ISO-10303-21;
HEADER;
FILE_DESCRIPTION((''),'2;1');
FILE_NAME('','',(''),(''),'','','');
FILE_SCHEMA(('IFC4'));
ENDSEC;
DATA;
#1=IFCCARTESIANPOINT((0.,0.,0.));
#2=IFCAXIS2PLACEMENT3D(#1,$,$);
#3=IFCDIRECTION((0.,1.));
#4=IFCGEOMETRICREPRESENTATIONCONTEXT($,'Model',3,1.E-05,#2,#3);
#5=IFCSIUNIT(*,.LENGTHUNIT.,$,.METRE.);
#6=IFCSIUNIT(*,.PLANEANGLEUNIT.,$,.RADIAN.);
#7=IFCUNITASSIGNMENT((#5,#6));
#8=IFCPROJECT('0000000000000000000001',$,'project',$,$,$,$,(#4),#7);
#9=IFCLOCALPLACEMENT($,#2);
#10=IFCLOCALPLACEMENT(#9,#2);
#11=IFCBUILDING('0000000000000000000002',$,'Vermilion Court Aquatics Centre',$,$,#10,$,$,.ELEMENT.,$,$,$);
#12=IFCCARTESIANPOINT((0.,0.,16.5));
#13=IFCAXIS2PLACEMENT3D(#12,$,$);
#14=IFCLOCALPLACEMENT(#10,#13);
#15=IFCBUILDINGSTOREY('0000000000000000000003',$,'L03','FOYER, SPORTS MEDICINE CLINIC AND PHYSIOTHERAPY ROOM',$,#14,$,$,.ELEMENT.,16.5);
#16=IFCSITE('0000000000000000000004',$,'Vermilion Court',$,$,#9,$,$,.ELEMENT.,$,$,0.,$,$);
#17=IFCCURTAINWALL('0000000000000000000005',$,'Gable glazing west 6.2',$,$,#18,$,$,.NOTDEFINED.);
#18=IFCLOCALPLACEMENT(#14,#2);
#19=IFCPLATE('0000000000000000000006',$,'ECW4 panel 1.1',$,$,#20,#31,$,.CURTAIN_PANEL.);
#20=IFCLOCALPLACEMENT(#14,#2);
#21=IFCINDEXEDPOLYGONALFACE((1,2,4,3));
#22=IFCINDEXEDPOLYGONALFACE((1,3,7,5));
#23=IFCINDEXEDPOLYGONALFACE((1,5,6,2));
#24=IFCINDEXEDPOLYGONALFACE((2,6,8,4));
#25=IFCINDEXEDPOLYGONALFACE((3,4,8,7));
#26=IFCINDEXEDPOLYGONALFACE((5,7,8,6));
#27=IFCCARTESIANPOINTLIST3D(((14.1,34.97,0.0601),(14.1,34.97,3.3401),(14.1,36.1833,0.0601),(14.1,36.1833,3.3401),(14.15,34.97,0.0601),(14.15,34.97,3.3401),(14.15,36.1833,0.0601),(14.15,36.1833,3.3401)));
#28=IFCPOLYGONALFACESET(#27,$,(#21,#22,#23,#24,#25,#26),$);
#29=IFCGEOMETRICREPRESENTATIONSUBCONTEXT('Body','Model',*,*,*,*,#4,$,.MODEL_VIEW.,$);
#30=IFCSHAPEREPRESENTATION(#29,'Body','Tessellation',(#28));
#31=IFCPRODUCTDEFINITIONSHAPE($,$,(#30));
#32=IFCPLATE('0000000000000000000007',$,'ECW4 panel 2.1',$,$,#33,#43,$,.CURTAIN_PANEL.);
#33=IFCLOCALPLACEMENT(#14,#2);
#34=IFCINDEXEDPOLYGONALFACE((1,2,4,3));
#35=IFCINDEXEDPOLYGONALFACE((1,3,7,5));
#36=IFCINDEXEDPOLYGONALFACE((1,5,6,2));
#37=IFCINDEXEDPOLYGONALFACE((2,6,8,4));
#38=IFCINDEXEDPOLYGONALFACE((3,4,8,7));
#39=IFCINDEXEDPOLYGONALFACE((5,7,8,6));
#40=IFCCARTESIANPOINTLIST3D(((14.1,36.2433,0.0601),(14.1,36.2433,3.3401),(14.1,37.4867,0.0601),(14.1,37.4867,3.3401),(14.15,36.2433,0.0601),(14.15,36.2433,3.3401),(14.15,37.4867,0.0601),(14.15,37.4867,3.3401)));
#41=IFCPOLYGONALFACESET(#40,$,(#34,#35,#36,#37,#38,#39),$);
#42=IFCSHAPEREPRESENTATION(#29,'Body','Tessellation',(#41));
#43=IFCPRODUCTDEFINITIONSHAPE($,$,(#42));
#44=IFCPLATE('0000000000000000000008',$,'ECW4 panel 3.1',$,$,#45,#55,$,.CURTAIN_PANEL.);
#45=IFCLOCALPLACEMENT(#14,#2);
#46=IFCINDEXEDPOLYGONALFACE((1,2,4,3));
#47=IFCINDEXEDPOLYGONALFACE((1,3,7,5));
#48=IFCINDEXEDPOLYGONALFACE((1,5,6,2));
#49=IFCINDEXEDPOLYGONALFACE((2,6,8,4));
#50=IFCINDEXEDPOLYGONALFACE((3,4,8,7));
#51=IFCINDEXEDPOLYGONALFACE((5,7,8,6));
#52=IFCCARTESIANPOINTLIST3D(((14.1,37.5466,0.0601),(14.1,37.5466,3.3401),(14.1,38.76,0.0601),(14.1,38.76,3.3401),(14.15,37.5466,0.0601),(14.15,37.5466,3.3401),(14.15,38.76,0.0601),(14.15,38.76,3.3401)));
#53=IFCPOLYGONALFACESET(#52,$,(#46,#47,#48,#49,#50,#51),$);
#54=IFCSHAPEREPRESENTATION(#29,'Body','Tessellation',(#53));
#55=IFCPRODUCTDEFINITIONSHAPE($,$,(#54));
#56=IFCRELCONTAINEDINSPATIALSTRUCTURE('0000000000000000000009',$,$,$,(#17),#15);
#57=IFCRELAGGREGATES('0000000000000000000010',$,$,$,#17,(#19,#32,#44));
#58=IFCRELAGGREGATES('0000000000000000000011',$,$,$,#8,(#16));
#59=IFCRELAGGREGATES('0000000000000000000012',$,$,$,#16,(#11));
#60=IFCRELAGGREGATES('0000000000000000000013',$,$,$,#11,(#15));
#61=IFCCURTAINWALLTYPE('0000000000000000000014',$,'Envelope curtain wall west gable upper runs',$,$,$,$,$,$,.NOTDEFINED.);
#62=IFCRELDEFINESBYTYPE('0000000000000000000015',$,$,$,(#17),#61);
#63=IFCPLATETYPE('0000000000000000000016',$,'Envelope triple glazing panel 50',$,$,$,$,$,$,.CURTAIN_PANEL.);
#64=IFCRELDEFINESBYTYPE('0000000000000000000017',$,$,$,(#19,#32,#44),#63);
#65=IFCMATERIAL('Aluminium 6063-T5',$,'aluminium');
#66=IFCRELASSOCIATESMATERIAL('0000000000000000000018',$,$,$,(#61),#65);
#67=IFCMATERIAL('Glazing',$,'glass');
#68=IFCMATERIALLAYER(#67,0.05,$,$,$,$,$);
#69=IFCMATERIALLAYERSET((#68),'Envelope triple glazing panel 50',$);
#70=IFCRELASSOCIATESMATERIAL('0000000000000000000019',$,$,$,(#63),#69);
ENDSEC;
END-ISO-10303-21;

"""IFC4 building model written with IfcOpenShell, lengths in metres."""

from ifc_helpers import new_model, si_unit, direction, frame, origin, origin_2d, place, context, subcontext, project, spatial, rectangle, extrude, material, layer, layer_set, type_object, element, aggregate, save


model = new_model("IFC4")

# Units and contexts
model_context = context("Model", 3, precision=1e-05, world=origin(), true_north=direction((0.0, 1.0)))
body_context = subcontext(model_context, "Body", "Model", "MODEL_VIEW")
ifc_project = project(units=[si_unit("LENGTHUNIT", "METRE"), si_unit("PLANEANGLEUNIT", "RADIAN")], contexts=[model_context])

# Site, building, storey
site_placement = place(None, origin())
site = spatial("IfcSite", under=ifc_project, at=site_placement, Name="Vermilion Court", CompositionType="ELEMENT", RefElevation=0.0)
building_placement = place(site_placement, origin())
building = spatial("IfcBuilding", under=site, at=building_placement, Name="Vermilion Court Aquatics Centre", CompositionType="ELEMENT")
storey_placement = place(building_placement, frame((0.0, 0.0, 16.5)))
storey = spatial("IfcBuildingStorey", under=building, at=storey_placement, Name="L03", Description="FOYER, SPORTS MEDICINE CLINIC AND PHYSIOTHERAPY ROOM", CompositionType="ELEMENT", Elevation=16.5)

# Curtain wall
ifc_material_1 = material(Name="Aluminium 6063-T5", Category="aluminium")
curtain_wall_type = type_object("IfcCurtainWallType", Name="Envelope curtain wall west gable upper runs", PredefinedType="NOTDEFINED", material=ifc_material_1)
curtain_wall_1_placement = place(storey_placement, origin())
curtain_wall_1 = element("IfcCurtainWall", 1, at=curtain_wall_1_placement, inside=storey, type_object=curtain_wall_type, Name="Gable glazing west 6.2", PredefinedType="NOTDEFINED")

# Plates
ifc_material_2 = material(Name="Glazing", Category="glass")
ifc_layer = layer(ifc_material_2, 0.05)
ifc_layer_set = layer_set([ifc_layer], Name="Envelope triple glazing panel 50")
plate_type = type_object("IfcPlateType", Name="Envelope triple glazing panel 50", PredefinedType="CURTAIN_PANEL", material=ifc_layer_set)
plate_1_placement = place(storey_placement, frame((14.125, 35.5767, 0.0601), z_axis=(0.0, 0.0, 1.0), x_axis=(0.0, 1.0, 0.0)))
plate_1 = element("IfcPlate", 2, at=plate_1_placement, type_object=plate_type, Name="ECW4 panel 1.1", PredefinedType="CURTAIN_PANEL", context=body_context, shape_type="SweptSolid", body=[
    extrude(rectangle(XDim=1.2134, YDim=0.05, at=origin_2d()), origin(), (0.0, 0.0, 1.0), 3.28),
])
plate_2_placement = place(storey_placement, frame((14.125, 36.865, 0.0601), z_axis=(0.0, 0.0, 1.0), x_axis=(0.0, 1.0, 0.0)))
plate_2 = element("IfcPlate", 3, at=plate_2_placement, type_object=plate_type, Name="ECW4 panel 2.1", PredefinedType="CURTAIN_PANEL", context=body_context, shape_type="SweptSolid", body=[
    extrude(rectangle(XDim=1.2434, YDim=0.05, at=origin_2d()), origin(), (0.0, 0.0, 1.0), 3.28),
])
plate_3_placement = place(storey_placement, frame((14.125, 38.1533, 0.0601), z_axis=(0.0, 0.0, 1.0), x_axis=(0.0, 1.0, 0.0)))
plate_3 = element("IfcPlate", 4, at=plate_3_placement, type_object=plate_type, Name="ECW4 panel 3.1", PredefinedType="CURTAIN_PANEL", context=body_context, shape_type="SweptSolid", body=[
    extrude(rectangle(XDim=1.2134, YDim=0.05, at=origin_2d()), origin(), (0.0, 0.0, 1.0), 3.28),
])
aggregate(curtain_wall_1, [plate_1, plate_2, plate_3])

save(model, "model.ifc")
